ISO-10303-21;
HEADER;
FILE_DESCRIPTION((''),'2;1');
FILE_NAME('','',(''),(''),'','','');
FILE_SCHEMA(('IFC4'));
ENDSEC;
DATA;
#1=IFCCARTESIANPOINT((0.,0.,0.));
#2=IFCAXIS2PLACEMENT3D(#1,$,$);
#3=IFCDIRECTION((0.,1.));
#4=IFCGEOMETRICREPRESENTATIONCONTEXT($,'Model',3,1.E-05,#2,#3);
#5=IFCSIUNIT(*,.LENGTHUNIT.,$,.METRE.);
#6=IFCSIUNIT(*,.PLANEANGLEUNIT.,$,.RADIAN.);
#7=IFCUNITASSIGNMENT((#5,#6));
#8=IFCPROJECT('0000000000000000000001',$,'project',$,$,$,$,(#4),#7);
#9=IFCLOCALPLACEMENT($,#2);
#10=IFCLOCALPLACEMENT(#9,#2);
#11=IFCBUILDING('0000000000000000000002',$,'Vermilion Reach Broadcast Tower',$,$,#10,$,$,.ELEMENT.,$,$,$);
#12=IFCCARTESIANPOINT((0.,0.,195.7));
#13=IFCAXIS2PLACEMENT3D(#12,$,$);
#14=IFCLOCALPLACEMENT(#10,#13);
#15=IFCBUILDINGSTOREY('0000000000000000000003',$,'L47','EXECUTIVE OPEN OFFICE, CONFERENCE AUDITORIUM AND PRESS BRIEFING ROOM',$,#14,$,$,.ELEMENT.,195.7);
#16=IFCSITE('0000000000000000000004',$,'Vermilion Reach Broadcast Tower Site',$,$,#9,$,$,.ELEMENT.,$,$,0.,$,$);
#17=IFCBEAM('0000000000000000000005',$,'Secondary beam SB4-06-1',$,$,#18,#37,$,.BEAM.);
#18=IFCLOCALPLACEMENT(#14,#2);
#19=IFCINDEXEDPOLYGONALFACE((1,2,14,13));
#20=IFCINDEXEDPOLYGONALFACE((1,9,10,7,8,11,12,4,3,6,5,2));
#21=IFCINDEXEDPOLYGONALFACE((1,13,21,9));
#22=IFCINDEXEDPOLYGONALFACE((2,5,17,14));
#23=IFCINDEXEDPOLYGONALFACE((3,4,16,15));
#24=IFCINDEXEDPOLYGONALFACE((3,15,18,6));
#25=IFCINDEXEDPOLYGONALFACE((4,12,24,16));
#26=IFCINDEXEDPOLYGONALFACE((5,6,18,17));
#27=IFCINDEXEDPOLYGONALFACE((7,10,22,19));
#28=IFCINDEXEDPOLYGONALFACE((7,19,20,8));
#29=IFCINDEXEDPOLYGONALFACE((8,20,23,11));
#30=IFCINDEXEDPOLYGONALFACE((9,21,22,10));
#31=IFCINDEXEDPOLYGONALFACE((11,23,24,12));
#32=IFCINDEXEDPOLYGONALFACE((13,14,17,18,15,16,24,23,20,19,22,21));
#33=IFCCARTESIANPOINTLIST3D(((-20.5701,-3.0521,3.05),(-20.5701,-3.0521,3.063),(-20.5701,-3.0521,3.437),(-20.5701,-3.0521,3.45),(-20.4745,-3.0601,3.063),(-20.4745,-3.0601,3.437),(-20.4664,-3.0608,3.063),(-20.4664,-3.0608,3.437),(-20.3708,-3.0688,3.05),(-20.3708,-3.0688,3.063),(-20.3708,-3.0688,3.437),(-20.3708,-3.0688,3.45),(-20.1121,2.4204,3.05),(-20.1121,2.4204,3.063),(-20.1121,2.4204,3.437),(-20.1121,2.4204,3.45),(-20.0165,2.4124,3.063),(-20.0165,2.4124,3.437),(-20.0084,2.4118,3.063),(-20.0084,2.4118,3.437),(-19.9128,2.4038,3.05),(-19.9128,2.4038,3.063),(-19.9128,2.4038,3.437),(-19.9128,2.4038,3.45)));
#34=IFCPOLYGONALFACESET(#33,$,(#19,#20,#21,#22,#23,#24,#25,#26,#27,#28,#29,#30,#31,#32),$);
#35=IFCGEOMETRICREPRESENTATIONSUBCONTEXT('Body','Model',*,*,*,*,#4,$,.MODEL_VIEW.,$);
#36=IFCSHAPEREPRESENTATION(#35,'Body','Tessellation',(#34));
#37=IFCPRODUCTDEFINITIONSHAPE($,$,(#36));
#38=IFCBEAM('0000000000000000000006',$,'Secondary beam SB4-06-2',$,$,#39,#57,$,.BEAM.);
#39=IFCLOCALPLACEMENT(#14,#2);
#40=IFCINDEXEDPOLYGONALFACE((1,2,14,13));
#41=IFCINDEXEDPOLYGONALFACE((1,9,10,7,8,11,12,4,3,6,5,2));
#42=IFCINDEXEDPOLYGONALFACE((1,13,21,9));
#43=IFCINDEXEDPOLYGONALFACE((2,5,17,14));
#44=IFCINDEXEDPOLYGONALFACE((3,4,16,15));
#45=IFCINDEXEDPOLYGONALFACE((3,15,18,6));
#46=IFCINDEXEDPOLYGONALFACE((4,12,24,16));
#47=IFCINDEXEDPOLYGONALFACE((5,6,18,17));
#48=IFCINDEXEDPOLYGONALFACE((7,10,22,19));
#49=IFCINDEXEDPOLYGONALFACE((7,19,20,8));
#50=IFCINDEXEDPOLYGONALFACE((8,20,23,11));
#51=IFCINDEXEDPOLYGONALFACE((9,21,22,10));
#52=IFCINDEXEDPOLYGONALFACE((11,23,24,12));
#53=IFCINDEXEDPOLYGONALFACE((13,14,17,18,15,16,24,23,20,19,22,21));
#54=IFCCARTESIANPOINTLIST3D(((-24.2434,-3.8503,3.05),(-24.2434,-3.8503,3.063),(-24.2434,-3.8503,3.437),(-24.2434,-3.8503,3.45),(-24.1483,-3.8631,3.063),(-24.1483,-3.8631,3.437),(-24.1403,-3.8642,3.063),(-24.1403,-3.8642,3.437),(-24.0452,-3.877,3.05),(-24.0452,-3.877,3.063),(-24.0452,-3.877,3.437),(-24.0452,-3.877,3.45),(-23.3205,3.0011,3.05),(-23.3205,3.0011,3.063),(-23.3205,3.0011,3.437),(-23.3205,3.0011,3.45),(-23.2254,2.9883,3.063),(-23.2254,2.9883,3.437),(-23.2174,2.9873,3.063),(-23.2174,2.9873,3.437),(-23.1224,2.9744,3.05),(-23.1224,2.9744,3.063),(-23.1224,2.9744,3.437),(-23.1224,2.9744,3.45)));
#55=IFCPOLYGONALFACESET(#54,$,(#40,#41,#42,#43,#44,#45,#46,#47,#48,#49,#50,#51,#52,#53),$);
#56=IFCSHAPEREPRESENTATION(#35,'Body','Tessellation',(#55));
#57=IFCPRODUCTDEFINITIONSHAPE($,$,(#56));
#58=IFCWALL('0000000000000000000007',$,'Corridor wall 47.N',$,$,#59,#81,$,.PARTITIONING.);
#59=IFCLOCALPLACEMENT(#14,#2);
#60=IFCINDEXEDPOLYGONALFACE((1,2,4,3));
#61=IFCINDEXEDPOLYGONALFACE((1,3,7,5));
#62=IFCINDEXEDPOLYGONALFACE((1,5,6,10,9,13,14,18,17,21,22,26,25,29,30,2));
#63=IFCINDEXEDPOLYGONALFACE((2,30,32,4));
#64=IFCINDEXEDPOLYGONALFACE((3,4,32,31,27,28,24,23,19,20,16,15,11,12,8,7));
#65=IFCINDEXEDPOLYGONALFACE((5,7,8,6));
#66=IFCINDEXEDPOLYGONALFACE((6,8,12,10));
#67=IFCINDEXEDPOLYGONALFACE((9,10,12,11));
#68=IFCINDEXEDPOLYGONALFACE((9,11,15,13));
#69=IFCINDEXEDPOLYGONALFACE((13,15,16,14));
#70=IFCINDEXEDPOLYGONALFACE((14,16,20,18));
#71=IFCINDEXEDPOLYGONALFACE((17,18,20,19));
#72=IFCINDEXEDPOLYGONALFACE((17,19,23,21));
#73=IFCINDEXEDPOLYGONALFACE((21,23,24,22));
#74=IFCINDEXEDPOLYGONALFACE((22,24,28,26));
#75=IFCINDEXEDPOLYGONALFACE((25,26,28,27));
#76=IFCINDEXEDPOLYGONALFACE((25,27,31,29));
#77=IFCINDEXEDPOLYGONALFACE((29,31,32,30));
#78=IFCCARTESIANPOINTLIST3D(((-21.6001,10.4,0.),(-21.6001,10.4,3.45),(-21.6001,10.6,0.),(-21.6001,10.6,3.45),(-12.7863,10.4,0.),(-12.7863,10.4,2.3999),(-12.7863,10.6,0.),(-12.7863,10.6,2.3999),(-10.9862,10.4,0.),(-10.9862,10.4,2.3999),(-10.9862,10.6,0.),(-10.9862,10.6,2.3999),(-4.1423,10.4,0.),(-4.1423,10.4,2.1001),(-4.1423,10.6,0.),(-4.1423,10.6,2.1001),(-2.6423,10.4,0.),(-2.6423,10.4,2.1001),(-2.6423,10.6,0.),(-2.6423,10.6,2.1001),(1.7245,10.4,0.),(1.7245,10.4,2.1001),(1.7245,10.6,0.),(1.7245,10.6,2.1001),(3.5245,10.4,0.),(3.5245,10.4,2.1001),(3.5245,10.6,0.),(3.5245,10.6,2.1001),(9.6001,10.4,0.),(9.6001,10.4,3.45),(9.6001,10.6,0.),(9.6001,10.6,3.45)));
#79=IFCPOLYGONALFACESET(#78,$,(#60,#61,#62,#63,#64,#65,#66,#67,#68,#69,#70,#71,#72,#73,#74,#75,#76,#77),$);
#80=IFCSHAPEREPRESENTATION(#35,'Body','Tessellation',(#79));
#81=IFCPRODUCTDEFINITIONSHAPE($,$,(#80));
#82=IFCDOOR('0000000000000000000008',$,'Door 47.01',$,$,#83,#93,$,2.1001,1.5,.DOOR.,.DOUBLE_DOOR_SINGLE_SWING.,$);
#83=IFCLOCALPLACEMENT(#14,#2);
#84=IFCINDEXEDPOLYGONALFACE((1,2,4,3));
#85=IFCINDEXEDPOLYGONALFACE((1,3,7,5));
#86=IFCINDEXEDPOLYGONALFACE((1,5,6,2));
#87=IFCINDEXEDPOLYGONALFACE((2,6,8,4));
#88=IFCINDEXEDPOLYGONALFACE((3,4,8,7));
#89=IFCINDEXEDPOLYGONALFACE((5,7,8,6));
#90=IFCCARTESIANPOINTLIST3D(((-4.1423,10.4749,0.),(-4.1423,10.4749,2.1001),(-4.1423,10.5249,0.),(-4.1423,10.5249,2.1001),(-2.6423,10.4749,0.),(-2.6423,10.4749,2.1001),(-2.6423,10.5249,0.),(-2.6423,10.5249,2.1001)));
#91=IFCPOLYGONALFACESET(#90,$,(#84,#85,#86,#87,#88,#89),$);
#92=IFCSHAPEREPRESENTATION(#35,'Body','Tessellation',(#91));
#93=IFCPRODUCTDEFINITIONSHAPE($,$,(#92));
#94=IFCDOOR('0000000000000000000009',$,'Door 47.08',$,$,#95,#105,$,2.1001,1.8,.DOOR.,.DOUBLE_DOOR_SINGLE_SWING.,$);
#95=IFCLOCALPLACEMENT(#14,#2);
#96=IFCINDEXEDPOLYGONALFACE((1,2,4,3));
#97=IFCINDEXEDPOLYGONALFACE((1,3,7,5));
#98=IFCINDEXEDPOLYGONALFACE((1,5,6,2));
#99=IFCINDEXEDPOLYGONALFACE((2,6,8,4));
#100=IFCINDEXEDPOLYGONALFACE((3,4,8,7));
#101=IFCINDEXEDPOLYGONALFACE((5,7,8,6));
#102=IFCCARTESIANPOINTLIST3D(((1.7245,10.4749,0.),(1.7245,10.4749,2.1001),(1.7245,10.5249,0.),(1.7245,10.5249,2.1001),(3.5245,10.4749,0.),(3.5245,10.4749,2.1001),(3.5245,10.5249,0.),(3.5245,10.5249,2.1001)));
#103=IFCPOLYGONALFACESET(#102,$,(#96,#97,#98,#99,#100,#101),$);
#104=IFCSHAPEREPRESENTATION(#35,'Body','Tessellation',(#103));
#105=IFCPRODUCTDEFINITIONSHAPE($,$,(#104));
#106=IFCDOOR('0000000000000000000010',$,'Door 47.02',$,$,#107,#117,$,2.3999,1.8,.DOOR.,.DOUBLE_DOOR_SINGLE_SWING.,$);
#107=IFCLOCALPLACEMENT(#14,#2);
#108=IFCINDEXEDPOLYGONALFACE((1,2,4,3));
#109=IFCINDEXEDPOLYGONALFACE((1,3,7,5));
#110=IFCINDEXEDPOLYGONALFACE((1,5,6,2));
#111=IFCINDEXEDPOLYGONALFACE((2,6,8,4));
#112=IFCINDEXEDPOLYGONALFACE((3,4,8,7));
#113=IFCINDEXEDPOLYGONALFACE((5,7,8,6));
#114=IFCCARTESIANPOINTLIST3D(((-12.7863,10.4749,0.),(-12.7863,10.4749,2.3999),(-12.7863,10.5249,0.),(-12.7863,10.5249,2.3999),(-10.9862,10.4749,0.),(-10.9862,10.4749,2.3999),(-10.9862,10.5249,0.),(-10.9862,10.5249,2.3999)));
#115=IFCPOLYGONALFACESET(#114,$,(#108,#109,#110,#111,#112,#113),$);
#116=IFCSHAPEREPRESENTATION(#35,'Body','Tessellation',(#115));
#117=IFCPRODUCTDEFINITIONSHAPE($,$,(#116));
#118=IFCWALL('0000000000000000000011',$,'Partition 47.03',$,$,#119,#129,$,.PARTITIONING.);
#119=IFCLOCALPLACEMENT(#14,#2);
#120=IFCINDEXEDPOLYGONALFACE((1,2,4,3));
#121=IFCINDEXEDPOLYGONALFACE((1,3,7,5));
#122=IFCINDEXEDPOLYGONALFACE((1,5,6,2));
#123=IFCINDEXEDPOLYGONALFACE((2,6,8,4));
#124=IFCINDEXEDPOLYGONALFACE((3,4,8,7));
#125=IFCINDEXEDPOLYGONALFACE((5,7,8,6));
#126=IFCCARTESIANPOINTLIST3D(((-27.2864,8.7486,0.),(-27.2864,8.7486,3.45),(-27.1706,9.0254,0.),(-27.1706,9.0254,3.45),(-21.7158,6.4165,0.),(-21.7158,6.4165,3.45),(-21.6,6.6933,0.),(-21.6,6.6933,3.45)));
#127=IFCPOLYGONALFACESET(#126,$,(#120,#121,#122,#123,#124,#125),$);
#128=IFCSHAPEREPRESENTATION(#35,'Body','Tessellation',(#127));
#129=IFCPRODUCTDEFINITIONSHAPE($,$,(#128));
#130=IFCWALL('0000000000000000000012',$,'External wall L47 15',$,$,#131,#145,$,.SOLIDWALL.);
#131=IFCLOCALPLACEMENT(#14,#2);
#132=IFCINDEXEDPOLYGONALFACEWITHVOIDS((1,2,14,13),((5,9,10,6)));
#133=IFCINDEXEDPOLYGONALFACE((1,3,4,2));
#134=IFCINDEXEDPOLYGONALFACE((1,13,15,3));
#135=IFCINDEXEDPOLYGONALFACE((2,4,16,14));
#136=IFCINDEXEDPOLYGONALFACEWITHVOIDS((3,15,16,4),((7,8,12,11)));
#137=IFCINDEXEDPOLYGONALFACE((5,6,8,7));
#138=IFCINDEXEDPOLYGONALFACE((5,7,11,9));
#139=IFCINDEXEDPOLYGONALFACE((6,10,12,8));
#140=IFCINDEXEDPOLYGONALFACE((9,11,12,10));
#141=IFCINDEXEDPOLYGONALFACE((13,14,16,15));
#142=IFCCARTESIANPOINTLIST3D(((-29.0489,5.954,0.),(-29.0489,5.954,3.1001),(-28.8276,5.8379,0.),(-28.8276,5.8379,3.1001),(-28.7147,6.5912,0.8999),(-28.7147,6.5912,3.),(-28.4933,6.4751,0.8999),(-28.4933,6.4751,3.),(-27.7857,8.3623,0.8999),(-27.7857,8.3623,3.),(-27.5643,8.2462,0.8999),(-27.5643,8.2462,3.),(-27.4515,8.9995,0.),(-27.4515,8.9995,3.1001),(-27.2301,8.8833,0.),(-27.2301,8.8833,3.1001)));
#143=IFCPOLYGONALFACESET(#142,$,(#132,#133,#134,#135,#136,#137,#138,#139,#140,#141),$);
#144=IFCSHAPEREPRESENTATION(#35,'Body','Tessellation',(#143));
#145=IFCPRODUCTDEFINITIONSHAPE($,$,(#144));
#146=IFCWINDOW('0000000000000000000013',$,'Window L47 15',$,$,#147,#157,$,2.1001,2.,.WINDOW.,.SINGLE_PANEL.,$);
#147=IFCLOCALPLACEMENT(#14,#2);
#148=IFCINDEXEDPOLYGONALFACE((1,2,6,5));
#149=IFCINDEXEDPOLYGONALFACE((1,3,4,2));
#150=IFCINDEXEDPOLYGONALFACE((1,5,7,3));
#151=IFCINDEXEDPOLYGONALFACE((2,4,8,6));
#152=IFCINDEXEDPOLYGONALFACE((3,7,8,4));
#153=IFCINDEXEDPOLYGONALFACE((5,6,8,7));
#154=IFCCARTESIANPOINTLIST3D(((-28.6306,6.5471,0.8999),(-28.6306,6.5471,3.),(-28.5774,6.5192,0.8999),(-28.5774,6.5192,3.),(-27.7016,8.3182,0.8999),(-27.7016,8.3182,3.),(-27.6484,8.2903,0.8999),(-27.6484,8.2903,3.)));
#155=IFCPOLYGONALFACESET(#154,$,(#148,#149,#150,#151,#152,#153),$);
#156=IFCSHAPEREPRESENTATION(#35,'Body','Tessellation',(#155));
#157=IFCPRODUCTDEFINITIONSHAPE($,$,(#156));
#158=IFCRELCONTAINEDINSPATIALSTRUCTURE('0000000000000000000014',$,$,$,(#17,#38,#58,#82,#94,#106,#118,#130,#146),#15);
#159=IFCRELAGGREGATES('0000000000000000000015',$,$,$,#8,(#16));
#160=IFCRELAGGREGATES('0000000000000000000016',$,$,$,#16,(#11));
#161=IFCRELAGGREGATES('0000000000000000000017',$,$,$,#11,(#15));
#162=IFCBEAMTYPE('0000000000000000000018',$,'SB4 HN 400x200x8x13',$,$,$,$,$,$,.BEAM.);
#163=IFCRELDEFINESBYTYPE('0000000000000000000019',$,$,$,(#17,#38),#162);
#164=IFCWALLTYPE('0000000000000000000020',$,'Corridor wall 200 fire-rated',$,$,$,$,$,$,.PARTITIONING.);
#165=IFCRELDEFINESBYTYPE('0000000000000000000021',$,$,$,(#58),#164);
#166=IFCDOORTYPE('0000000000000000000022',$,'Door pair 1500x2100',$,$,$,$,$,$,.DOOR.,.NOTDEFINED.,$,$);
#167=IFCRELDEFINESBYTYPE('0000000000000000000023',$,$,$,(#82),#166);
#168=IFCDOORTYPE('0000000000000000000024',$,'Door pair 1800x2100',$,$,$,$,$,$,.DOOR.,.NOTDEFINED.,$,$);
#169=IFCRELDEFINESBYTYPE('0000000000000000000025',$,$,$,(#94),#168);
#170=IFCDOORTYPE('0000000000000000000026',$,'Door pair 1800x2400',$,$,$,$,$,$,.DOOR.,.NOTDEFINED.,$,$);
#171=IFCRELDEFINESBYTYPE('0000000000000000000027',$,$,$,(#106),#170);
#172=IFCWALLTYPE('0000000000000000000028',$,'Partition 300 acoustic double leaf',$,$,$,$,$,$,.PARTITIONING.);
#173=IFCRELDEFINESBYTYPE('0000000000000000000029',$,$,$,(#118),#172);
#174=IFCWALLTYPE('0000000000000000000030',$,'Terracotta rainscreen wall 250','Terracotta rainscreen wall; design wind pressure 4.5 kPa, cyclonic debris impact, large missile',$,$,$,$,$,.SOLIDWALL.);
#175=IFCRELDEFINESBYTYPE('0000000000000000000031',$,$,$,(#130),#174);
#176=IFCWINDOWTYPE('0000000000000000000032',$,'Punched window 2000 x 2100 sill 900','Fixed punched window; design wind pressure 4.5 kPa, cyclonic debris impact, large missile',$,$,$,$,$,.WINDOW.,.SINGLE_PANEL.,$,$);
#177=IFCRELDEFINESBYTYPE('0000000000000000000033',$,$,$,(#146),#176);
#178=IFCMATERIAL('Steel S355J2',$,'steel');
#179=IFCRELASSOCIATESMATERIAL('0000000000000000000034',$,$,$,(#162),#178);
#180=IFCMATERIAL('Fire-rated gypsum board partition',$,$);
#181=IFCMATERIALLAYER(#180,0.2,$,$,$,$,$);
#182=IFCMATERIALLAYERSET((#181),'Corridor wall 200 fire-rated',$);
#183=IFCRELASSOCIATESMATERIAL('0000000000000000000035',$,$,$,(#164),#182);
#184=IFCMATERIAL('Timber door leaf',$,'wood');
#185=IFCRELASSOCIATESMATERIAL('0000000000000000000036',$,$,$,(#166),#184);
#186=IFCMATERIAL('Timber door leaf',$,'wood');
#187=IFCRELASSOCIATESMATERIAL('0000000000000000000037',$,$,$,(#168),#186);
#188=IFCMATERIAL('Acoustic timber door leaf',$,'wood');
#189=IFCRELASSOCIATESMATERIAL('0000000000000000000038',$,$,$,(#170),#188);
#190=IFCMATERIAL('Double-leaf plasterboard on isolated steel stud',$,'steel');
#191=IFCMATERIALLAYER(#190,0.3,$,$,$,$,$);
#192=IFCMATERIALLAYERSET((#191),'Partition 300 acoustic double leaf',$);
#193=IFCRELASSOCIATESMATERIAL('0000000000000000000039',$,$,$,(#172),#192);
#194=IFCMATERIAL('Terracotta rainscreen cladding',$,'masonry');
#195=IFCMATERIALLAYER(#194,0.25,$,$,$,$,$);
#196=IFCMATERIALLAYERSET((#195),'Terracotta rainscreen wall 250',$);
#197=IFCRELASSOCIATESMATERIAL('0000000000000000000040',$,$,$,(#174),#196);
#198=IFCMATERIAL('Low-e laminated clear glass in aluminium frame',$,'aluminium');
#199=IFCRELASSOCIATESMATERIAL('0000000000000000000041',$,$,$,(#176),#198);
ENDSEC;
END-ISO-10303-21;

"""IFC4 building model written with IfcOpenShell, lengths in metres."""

from ifc_helpers import new_model, si_unit, direction, frame, frame_2d, origin, origin_2d, place, context, subcontext, project, spatial, rectangle, i_section, extrude, material, layer, layer_set, material_profile, profile_set, type_object, element, fill, save


model = new_model("IFC4")

# Units and contexts
model_context = context("Model", 3, precision=1e-05, world=origin(), true_north=direction((0.0, 1.0)))
body_context = subcontext(model_context, "Body", "Model", "MODEL_VIEW")
ifc_project = project(units=[si_unit("LENGTHUNIT", "METRE"), si_unit("PLANEANGLEUNIT", "RADIAN")], contexts=[model_context])

# Site, building, storey
site_placement = place(None, origin())
site = spatial("IfcSite", under=ifc_project, at=site_placement, Name="Vermilion Reach Broadcast Tower Site", CompositionType="ELEMENT", RefElevation=0.0)
building_placement = place(site_placement, origin())
building = spatial("IfcBuilding", under=site, at=building_placement, Name="Vermilion Reach Broadcast Tower", CompositionType="ELEMENT")
storey_placement = place(building_placement, frame((0.0, 0.0, 195.7)))
storey = spatial("IfcBuildingStorey", under=building, at=storey_placement, Name="L47", Description="EXECUTIVE OPEN OFFICE, CONFERENCE AUDITORIUM AND PRESS BRIEFING ROOM", CompositionType="ELEMENT", Elevation=195.7)

# Beams
ifc_material_1 = material(Name="Steel S355J2", Category="steel")
ifc_material_profile_1 = material_profile(ifc_material_1, i_section(OverallWidth=0.2, OverallDepth=0.3999, WebThickness=0.0081, FlangeThickness=0.0129, at=origin_2d()), Name="S355J2 HN 400x200x8x13")
ifc_profile_set_1 = profile_set([ifc_material_profile_1], Name="Steel S355J2")
beam_type_1 = type_object("IfcBeamType", Name="SB4 HN 400x200x8x13", PredefinedType="BEAM", material=ifc_profile_set_1)
beam_1_placement = place(storey_placement, frame((-20.0125, 2.4121, 3.25), z_axis=(-0.083399, -0.996516, 0.0), x_axis=(0.996516, -0.083399, 0.0)))
element("IfcBeam", 1, at=beam_1_placement, inside=storey, type_object=beam_type_1, Name="Secondary beam SB4-06-1", PredefinedType="BEAM", context=body_context, shape_type="SweptSolid", body=[
    extrude(i_section(OverallWidth=0.2, OverallDepth=0.3999, WebThickness=0.0081, FlangeThickness=0.0129, at=origin_2d()), origin(), (0.0, 0.0, 1.0), 5.4917),
])
beam_2_placement = place(storey_placement, frame((-23.2214, 2.9878, 3.25), z_axis=(-0.133487, -0.991051, 0.0), x_axis=(0.991051, -0.133487, 0.0)))
element("IfcBeam", 2, at=beam_2_placement, inside=storey, type_object=beam_type_1, Name="Secondary beam SB4-06-2", PredefinedType="BEAM", context=body_context, shape_type="SweptSolid", body=[
    extrude(i_section(OverallWidth=0.2, OverallDepth=0.3999, WebThickness=0.0081, FlangeThickness=0.0129, at=origin_2d()), origin(), (0.0, 0.0, 1.0), 6.9133),
])

# Wall, openings, doors
ifc_material_2 = material(Name="Fire-rated gypsum board partition")
ifc_layer_1 = layer(ifc_material_2, 0.2)
ifc_layer_set_1 = layer_set([ifc_layer_1], Name="Corridor wall 200 fire-rated")
wall_type_1 = type_object("IfcWallType", Name="Corridor wall 200 fire-rated", PredefinedType="PARTITIONING", material=ifc_layer_set_1)
wall_1_placement = place(storey_placement, frame((-21.6001, 10.5, 0.0), z_axis=(0.0, 0.0, 1.0), x_axis=(1.0, 0.0, 0.0)))
wall_1 = element("IfcWall", 3, at=wall_1_placement, inside=storey, type_object=wall_type_1, Name="Corridor wall 47.N", PredefinedType="PARTITIONING", context=body_context, shape_type="SweptSolid", body=[
    extrude(rectangle(XDim=31.2002, YDim=0.2, at=frame_2d((15.6001, 0.0))), origin(), (0.0, 0.0, 1.0), 3.45),
])
opening_1_placement = place(wall_1_placement, frame((17.4578, 0.0, 0.0)))
opening_1 = element("IfcOpeningElement", 4, at=opening_1_placement, cuts=wall_1, PredefinedType="OPENING", context=body_context, shape_type="SweptSolid", body=[
    extrude(rectangle(XDim=1.5, YDim=2.1001, at=frame_2d((0.75, 1.05))), frame((0.0, 0.1099, 0.0), z_axis=(0.0, -1.0, 0.0), x_axis=(1.0, 0.0, 0.0)), (0.0, 0.0, 1.0), 0.22),
])
opening_2_placement = place(wall_1_placement, frame((8.814, 0.0, 0.0)))
opening_2 = element("IfcOpeningElement", 5, at=opening_2_placement, cuts=wall_1, PredefinedType="OPENING", context=body_context, shape_type="SweptSolid", body=[
    extrude(rectangle(XDim=1.8, YDim=2.3999, at=frame_2d((0.8999, 1.2))), frame((0.0, 0.1099, 0.0), z_axis=(0.0, -1.0, 0.0), x_axis=(1.0, 0.0, 0.0)), (0.0, 0.0, 1.0), 0.22),
])
opening_3_placement = place(wall_1_placement, frame((23.3247, 0.0, 0.0)))
opening_3 = element("IfcOpeningElement", 6, at=opening_3_placement, cuts=wall_1, PredefinedType="OPENING", context=body_context, shape_type="SweptSolid", body=[
    extrude(rectangle(XDim=1.8, YDim=2.1001, at=frame_2d((0.8999, 1.05))), frame((0.0, 0.1099, 0.0), z_axis=(0.0, -1.0, 0.0), x_axis=(1.0, 0.0, 0.0)), (0.0, 0.0, 1.0), 0.22),
])
ifc_material_3 = material(Name="Timber door leaf", Category="wood")
door_type_1 = type_object("IfcDoorType", Name="Door pair 1500x2100", OperationType="NOTDEFINED", PredefinedType="DOOR", material=ifc_material_3)
door_1_placement = place(opening_1_placement, origin())
door_1 = element("IfcDoor", 7, at=door_1_placement, inside=storey, type_object=door_type_1, Name="Door 47.01", OperationType="DOUBLE_DOOR_SINGLE_SWING", OverallHeight=2.1001, OverallWidth=1.5, PredefinedType="DOOR", context=body_context, shape_type="SweptSolid", body=[
    extrude(rectangle(XDim=1.5, YDim=2.1001, at=frame_2d((0.75, 1.05))), frame((0.0, 0.0249, 0.0), z_axis=(0.0, -1.0, 0.0), x_axis=(1.0, 0.0, 0.0)), (0.0, 0.0, 1.0), 0.05),
])
fill(opening_1, door_1)
ifc_material_4 = material(Name="Timber door leaf", Category="wood")
door_type_2 = type_object("IfcDoorType", Name="Door pair 1800x2100", OperationType="NOTDEFINED", PredefinedType="DOOR", material=ifc_material_4)
door_2_placement = place(opening_3_placement, origin())
door_2 = element("IfcDoor", 8, at=door_2_placement, inside=storey, type_object=door_type_2, Name="Door 47.08", OperationType="DOUBLE_DOOR_SINGLE_SWING", OverallHeight=2.1001, OverallWidth=1.8, PredefinedType="DOOR", context=body_context, shape_type="SweptSolid", body=[
    extrude(rectangle(XDim=1.8, YDim=2.1001, at=frame_2d((0.8999, 1.05))), frame((0.0, 0.0249, 0.0), z_axis=(0.0, -1.0, 0.0), x_axis=(1.0, 0.0, 0.0)), (0.0, 0.0, 1.0), 0.05),
])
fill(opening_3, door_2)
ifc_material_5 = material(Name="Acoustic timber door leaf", Category="wood")
door_type_3 = type_object("IfcDoorType", Name="Door pair 1800x2400", OperationType="NOTDEFINED", PredefinedType="DOOR", material=ifc_material_5)
door_3_placement = place(opening_2_placement, origin())
door_3 = element("IfcDoor", 9, at=door_3_placement, inside=storey, type_object=door_type_3, Name="Door 47.02", OperationType="DOUBLE_DOOR_SINGLE_SWING", OverallHeight=2.3999, OverallWidth=1.8, PredefinedType="DOOR", context=body_context, shape_type="SweptSolid", body=[
    extrude(rectangle(XDim=1.8, YDim=2.3999, at=frame_2d((0.8999, 1.2))), frame((0.0, 0.0249, 0.0), z_axis=(0.0, -1.0, 0.0), x_axis=(1.0, 0.0, 0.0)), (0.0, 0.0, 1.0), 0.05),
])
fill(opening_2, door_3)

# Wall
ifc_material_6 = material(Name="Double-leaf plasterboard on isolated steel stud", Category="steel")
ifc_layer_2 = layer(ifc_material_6, 0.3)
ifc_layer_set_2 = layer_set([ifc_layer_2], Name="Partition 300 acoustic double leaf")
wall_type_2 = type_object("IfcWallType", Name="Partition 300 acoustic double leaf", PredefinedType="PARTITIONING", material=ifc_layer_set_2)
wall_2_placement = place(storey_placement, frame((-27.2285, 8.887, 0.0), z_axis=(0.0, 0.0, 1.0), x_axis=(0.922431, -0.386162, 0.0)))
element("IfcWall", 10, at=wall_2_placement, inside=storey, type_object=wall_type_2, Name="Partition 47.03", PredefinedType="PARTITIONING", context=body_context, shape_type="SweptSolid", body=[
    extrude(rectangle(XDim=6.0391, YDim=0.3, at=frame_2d((3.0195, 0.0))), origin(), (0.0, 0.0, 1.0), 3.45),
])

# Wall, opening, window
ifc_material_7 = material(Name="Terracotta rainscreen cladding", Category="masonry")
ifc_layer_3 = layer(ifc_material_7, 0.25)
ifc_layer_set_3 = layer_set([ifc_layer_3], Name="Terracotta rainscreen wall 250")
wall_type_3 = type_object("IfcWallType", Name="Terracotta rainscreen wall 250", Description="Terracotta rainscreen wall; design wind pressure 4.5 kPa, cyclonic debris impact, large missile", PredefinedType="SOLIDWALL", material=ifc_layer_set_3)
wall_3_placement = place(storey_placement, frame((-27.3408, 8.9414, 0.0), z_axis=(0.0, 0.0, 1.0), x_axis=(-0.464508, -0.885569, 0.0)))
wall_3 = element("IfcWall", 11, at=wall_3_placement, inside=storey, type_object=wall_type_3, Name="External wall L47 15", PredefinedType="SOLIDWALL", context=body_context, shape_type="SweptSolid", body=[
    extrude(rectangle(XDim=3.439, YDim=0.25, at=frame_2d((1.7195, 0.0))), origin(), (0.0, 0.0, 1.0), 3.1001),
])
opening_4_placement = place(wall_3_placement, frame((0.7195, 0.0, 0.8999)))
opening_4 = element("IfcOpeningElement", 12, at=opening_4_placement, cuts=wall_3, PredefinedType="OPENING", context=body_context, shape_type="SweptSolid", body=[
    extrude(rectangle(XDim=2.0, YDim=2.1001, at=frame_2d((1.0, 1.05))), frame((0.0, 0.135, 0.0), z_axis=(0.0, -1.0, 0.0), x_axis=(1.0, 0.0, 0.0)), (0.0, 0.0, 1.0), 0.27),
])
ifc_material_8 = material(Name="Low-e laminated clear glass in aluminium frame", Category="aluminium")
window_type = type_object("IfcWindowType", Name="Punched window 2000 x 2100 sill 900", Description="Fixed punched window; design wind pressure 4.5 kPa, cyclonic debris impact, large missile", PartitioningType="SINGLE_PANEL", PredefinedType="WINDOW", material=ifc_material_8)
window_1_placement = place(opening_4_placement, origin())
window_1 = element("IfcWindow", 13, at=window_1_placement, inside=storey, type_object=window_type, Name="Window L47 15", OverallHeight=2.1001, OverallWidth=2.0, PartitioningType="SINGLE_PANEL", PredefinedType="WINDOW", context=body_context, shape_type="SweptSolid", body=[
    extrude(rectangle(XDim=2.0, YDim=2.1001, at=frame_2d((1.0, 1.05))), frame((0.0, 0.03, 0.0), z_axis=(0.0, -1.0, 0.0), x_axis=(1.0, 0.0, 0.0)), (0.0, 0.0, 1.0), 0.0601),
])
fill(opening_4, window_1)

save(model, "model.ifc")
